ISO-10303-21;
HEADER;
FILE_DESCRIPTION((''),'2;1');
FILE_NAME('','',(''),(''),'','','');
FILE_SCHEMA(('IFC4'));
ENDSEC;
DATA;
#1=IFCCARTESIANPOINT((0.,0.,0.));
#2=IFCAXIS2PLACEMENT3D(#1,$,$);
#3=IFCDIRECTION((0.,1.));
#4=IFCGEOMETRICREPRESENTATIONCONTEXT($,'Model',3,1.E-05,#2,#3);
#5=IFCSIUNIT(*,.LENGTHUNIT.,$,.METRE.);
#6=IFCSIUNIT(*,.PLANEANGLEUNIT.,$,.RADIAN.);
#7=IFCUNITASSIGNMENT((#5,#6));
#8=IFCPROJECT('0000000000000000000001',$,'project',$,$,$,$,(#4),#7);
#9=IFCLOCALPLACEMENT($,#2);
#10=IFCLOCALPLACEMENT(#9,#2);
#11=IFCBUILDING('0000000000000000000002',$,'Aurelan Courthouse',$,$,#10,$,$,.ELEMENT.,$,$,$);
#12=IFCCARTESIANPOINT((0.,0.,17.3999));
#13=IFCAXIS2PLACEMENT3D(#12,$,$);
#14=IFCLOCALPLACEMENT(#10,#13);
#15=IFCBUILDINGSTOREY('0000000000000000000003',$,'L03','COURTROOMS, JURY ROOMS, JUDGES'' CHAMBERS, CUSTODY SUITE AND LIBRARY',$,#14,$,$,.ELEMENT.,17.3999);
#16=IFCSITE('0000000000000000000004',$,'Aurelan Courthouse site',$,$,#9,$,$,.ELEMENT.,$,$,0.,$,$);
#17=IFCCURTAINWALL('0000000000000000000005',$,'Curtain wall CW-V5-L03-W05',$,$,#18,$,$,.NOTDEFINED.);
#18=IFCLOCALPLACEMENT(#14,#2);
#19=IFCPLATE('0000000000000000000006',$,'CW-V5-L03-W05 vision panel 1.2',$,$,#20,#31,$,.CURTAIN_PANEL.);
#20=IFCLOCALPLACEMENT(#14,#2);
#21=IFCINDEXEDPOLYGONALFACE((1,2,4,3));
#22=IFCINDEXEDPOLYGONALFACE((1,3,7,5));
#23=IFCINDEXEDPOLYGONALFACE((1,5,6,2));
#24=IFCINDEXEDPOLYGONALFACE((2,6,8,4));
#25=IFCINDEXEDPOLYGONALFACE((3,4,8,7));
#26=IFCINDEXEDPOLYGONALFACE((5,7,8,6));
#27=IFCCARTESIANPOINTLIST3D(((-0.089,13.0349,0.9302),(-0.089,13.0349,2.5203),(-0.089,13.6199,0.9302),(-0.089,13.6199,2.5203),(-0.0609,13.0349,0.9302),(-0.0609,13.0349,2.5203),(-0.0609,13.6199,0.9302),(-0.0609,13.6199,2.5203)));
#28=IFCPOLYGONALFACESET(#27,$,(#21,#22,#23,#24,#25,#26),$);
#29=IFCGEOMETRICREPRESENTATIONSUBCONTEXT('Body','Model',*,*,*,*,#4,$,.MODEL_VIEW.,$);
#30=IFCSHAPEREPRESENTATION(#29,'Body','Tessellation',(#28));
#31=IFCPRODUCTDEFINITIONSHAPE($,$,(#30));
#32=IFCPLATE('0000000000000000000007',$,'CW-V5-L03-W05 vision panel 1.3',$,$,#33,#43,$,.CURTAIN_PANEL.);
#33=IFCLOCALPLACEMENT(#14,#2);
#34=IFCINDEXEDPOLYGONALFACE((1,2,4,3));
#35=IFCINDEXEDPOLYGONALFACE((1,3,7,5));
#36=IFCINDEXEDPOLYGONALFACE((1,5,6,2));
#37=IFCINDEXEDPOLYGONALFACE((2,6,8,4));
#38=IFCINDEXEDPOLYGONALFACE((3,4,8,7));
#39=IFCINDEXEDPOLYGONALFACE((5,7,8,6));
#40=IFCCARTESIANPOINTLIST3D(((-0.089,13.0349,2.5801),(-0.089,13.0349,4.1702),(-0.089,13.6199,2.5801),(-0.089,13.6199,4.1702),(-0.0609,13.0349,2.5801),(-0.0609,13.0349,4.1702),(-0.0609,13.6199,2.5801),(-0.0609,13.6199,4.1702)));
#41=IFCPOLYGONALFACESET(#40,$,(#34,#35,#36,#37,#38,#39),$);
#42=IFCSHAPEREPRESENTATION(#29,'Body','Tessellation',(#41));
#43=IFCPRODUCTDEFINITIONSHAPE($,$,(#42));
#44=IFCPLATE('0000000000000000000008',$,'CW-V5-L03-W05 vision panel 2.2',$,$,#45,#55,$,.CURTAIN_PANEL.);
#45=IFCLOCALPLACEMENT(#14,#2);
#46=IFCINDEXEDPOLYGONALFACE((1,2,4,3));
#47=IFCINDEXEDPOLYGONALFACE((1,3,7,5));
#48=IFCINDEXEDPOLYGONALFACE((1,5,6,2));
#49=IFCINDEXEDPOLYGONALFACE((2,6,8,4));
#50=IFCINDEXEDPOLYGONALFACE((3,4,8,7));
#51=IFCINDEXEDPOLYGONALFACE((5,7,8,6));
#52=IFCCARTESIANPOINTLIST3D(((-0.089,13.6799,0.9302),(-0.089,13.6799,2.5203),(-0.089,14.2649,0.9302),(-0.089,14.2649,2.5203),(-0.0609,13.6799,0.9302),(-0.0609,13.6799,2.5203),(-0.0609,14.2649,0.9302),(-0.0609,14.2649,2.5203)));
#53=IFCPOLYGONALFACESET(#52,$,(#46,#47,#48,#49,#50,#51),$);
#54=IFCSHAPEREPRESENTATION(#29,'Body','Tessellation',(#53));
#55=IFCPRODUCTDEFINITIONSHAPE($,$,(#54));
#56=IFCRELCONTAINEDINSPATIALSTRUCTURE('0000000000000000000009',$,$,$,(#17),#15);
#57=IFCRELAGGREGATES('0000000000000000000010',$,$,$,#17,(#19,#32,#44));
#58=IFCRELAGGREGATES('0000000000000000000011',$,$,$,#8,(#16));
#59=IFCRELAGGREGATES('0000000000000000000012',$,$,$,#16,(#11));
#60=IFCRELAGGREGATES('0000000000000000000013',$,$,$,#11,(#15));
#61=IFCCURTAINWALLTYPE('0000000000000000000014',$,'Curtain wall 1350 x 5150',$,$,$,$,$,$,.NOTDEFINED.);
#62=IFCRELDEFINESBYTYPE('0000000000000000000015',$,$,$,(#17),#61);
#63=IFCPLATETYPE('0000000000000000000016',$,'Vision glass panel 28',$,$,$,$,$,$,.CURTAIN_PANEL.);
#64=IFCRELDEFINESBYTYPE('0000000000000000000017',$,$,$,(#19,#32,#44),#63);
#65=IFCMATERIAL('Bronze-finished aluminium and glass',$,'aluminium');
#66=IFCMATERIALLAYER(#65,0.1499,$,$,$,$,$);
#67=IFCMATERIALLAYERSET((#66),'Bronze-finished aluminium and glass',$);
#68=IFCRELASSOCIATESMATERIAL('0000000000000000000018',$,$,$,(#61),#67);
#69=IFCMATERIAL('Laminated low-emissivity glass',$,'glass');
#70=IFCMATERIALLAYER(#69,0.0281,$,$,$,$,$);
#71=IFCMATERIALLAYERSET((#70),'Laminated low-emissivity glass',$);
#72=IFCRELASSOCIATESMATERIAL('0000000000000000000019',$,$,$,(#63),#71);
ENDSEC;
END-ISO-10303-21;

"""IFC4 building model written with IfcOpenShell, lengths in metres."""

from ifc_helpers import new_model, si_unit, direction, frame, origin, origin_2d, place, context, subcontext, project, spatial, rectangle, extrude, material, layer, layer_set, type_object, element, aggregate, save


model = new_model("IFC4")

# Units and contexts
model_context = context("Model", 3, precision=1e-05, world=origin(), true_north=direction((0.0, 1.0)))
body_context = subcontext(model_context, "Body", "Model", "MODEL_VIEW")
ifc_project = project(units=[si_unit("LENGTHUNIT", "METRE"), si_unit("PLANEANGLEUNIT", "RADIAN")], contexts=[model_context])

# Site, building, storey
site_placement = place(None, origin())
site = spatial("IfcSite", under=ifc_project, at=site_placement, Name="Aurelan Courthouse site", CompositionType="ELEMENT", RefElevation=0.0)
building_placement = place(site_placement, origin())
building = spatial("IfcBuilding", under=site, at=building_placement, Name="Aurelan Courthouse", CompositionType="ELEMENT")
storey_placement = place(building_placement, frame((0.0, 0.0, 17.3999)))
storey = spatial("IfcBuildingStorey", under=building, at=storey_placement, Name="L03", Description="COURTROOMS, JURY ROOMS, JUDGES' CHAMBERS, CUSTODY SUITE AND LIBRARY", CompositionType="ELEMENT", Elevation=17.3999)

# Curtain wall
ifc_material_1 = material(Name="Bronze-finished aluminium and glass", Category="aluminium")
ifc_layer_1 = layer(ifc_material_1, 0.1499)
ifc_layer_set_1 = layer_set([ifc_layer_1], Name="Bronze-finished aluminium and glass")
curtain_wall_type = type_object("IfcCurtainWallType", Name="Curtain wall 1350 x 5150", PredefinedType="NOTDEFINED", material=ifc_layer_set_1)
curtain_wall_1_placement = place(storey_placement, origin())
curtain_wall_1 = element("IfcCurtainWall", 1, at=curtain_wall_1_placement, inside=storey, type_object=curtain_wall_type, Name="Curtain wall CW-V5-L03-W05", PredefinedType="NOTDEFINED")

# Plates
ifc_material_2 = material(Name="Laminated low-emissivity glass", Category="glass")
ifc_layer_2 = layer(ifc_material_2, 0.0281)
ifc_layer_set_2 = layer_set([ifc_layer_2], Name="Laminated low-emissivity glass")
plate_type_1 = type_object("IfcPlateType", Name="Vision glass panel 28", PredefinedType="CURTAIN_PANEL", material=ifc_layer_set_2)
plate_1_placement = place(storey_placement, frame((-0.075, 13.3274, 0.9302), z_axis=(0.0, 0.0, 1.0), x_axis=(0.0, 1.0, 0.0)))
plate_1 = element("IfcPlate", 2, at=plate_1_placement, type_object=plate_type_1, Name="CW-V5-L03-W05 vision panel 1.2", PredefinedType="CURTAIN_PANEL", context=body_context, shape_type="SweptSolid", body=[
    extrude(rectangle(XDim=0.585, YDim=0.0281, at=origin_2d()), origin(), (0.0, 0.0, 1.0), 1.5901),
])
plate_2_placement = place(storey_placement, frame((-0.075, 13.3274, 2.5801), z_axis=(0.0, 0.0, 1.0), x_axis=(0.0, 1.0, 0.0)))
plate_2 = element("IfcPlate", 3, at=plate_2_placement, type_object=plate_type_1, Name="CW-V5-L03-W05 vision panel 1.3", PredefinedType="CURTAIN_PANEL", context=body_context, shape_type="SweptSolid", body=[
    extrude(rectangle(XDim=0.585, YDim=0.0281, at=origin_2d()), origin(), (0.0, 0.0, 1.0), 1.5901),
])
plate_3_placement = place(storey_placement, frame((-0.075, 13.9724, 0.9302), z_axis=(0.0, 0.0, 1.0), x_axis=(0.0, 1.0, 0.0)))
plate_3 = element("IfcPlate", 4, at=plate_3_placement, type_object=plate_type_1, Name="CW-V5-L03-W05 vision panel 2.2", PredefinedType="CURTAIN_PANEL", context=body_context, shape_type="SweptSolid", body=[
    extrude(rectangle(XDim=0.585, YDim=0.0281, at=origin_2d()), origin(), (0.0, 0.0, 1.0), 1.5901),
])
aggregate(curtain_wall_1, [plate_1, plate_2, plate_3])

save(model, "model.ifc")
